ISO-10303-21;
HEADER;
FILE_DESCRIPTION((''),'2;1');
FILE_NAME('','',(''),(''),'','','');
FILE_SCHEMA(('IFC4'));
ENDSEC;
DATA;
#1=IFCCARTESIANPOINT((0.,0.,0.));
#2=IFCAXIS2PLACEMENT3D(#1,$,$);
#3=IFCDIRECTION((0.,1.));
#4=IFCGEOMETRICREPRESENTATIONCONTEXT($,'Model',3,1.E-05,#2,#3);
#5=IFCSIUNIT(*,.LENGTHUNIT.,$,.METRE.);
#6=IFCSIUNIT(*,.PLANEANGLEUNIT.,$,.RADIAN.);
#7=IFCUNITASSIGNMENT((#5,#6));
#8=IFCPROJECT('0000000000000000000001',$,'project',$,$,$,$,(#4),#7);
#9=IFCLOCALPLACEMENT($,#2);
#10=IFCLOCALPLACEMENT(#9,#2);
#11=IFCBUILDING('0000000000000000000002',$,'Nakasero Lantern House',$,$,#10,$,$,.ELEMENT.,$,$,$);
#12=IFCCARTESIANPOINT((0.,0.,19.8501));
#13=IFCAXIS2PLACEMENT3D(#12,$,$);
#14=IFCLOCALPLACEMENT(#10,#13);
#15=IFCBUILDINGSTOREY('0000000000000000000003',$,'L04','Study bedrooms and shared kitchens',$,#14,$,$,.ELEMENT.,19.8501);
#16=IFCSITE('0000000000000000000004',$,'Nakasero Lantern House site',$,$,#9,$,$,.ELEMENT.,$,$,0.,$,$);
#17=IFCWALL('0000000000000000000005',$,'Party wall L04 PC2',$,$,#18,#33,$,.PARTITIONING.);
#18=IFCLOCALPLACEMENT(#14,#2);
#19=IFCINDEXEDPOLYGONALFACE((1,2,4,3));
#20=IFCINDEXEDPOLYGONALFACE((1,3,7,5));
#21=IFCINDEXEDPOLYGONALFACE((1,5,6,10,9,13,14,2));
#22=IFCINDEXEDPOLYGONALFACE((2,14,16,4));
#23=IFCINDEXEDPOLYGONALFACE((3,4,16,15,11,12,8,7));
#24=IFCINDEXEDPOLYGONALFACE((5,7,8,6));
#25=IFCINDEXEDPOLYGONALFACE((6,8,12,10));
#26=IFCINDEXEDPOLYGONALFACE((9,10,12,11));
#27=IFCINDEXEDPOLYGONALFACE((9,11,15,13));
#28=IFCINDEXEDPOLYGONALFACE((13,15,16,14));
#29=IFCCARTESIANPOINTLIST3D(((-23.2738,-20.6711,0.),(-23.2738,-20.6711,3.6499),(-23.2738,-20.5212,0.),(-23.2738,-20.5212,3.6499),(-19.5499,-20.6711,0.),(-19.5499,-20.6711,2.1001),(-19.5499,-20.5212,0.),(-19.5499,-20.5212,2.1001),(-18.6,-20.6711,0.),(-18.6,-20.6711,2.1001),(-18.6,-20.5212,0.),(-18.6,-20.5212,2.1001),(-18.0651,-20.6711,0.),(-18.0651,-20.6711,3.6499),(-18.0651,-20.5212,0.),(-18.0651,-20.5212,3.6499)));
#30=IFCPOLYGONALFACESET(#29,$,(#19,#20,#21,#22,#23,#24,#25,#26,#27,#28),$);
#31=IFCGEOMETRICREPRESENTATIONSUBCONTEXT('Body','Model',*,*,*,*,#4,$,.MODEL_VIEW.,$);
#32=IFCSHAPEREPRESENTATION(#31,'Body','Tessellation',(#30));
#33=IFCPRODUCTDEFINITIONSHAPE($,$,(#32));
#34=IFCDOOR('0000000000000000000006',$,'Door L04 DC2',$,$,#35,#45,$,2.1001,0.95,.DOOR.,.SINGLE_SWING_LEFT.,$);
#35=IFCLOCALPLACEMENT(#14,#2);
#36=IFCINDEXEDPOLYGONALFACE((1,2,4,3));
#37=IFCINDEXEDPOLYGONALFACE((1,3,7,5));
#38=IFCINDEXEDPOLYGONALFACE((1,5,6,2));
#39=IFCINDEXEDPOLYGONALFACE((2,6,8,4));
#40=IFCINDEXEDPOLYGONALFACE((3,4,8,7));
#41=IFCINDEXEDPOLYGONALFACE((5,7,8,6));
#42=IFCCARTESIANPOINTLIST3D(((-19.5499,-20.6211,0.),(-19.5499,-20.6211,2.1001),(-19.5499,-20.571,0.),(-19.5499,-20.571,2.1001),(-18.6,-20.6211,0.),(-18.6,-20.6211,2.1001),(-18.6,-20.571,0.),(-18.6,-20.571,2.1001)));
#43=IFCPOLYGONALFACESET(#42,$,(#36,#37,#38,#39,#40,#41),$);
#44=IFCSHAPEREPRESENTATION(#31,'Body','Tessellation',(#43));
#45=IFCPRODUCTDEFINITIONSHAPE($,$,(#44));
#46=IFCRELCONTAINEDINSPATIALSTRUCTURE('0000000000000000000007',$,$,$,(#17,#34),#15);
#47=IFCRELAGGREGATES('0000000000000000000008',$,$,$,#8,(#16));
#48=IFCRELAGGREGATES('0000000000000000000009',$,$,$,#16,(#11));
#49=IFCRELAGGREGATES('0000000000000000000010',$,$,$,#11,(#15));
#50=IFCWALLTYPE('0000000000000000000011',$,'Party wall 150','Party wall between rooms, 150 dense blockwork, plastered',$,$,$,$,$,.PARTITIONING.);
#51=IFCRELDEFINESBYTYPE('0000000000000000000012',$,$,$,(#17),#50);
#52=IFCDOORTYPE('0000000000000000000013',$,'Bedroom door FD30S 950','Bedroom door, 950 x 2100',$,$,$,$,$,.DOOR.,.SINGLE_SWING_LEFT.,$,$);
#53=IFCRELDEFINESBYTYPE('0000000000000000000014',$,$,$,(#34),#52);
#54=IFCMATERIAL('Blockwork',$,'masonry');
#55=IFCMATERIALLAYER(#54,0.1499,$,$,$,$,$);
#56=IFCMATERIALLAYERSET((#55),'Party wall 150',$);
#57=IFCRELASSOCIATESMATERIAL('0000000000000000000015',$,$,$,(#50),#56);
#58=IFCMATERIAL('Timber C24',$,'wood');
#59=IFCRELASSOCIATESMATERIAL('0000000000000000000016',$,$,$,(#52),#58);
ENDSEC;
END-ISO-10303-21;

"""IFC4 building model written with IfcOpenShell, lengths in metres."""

from ifc_helpers import new_model, si_unit, direction, frame, frame_2d, origin, place, context, subcontext, project, spatial, rectangle, extrude, material, layer, layer_set, type_object, element, fill, save


model = new_model("IFC4")

# Units and contexts
model_context = context("Model", 3, precision=1e-05, world=origin(), true_north=direction((0.0, 1.0)))
body_context = subcontext(model_context, "Body", "Model", "MODEL_VIEW")
ifc_project = project(units=[si_unit("LENGTHUNIT", "METRE"), si_unit("PLANEANGLEUNIT", "RADIAN")], contexts=[model_context])

# Site, building, storey
site_placement = place(None, origin())
site = spatial("IfcSite", under=ifc_project, at=site_placement, Name="Nakasero Lantern House site", CompositionType="ELEMENT", RefElevation=0.0)
building_placement = place(site_placement, origin())
building = spatial("IfcBuilding", under=site, at=building_placement, Name="Nakasero Lantern House", CompositionType="ELEMENT")
storey_placement = place(building_placement, frame((0.0, 0.0, 19.8501)))
storey = spatial("IfcBuildingStorey", under=building, at=storey_placement, Name="L04", Description="Study bedrooms and shared kitchens", CompositionType="ELEMENT", Elevation=19.8501)

# Wall, opening, door
ifc_material_1 = material(Name="Blockwork", Category="masonry")
ifc_layer_1 = layer(ifc_material_1, 0.1499)
ifc_layer_set_1 = layer_set([ifc_layer_1], Name="Party wall 150")
wall_type_1 = type_object("IfcWallType", Name="Party wall 150", Description="Party wall between rooms, 150 dense blockwork, plastered", PredefinedType="PARTITIONING", material=ifc_layer_set_1)
wall_1_placement = place(storey_placement, frame((-18.0649, -20.5962, 0.0), z_axis=(0.0, 0.0, 1.0), x_axis=(-1.0, 0.0, 0.0)))
wall_1 = element("IfcWall", 1, at=wall_1_placement, inside=storey, type_object=wall_type_1, Name="Party wall L04 PC2", PredefinedType="PARTITIONING", context=body_context, shape_type="SweptSolid", body=[
    extrude(rectangle(XDim=5.2087, YDim=0.1499, at=frame_2d((2.6045, 0.0))), origin(), (0.0, 0.0, 1.0), 3.6499),
])
opening_1_placement = place(wall_1_placement, frame((0.5349, 0.0, 0.0)))
opening_1 = element("IfcOpeningElement", 2, at=opening_1_placement, cuts=wall_1, PredefinedType="OPENING", context=body_context, shape_type="SweptSolid", body=[
    extrude(rectangle(XDim=0.95, YDim=2.1001, at=frame_2d((0.4751, 1.05))), frame((0.0, 0.095, 0.0), z_axis=(0.0, -1.0, 0.0), x_axis=(1.0, 0.0, 0.0)), (0.0, 0.0, 1.0), 0.1899),
])
ifc_material_2 = material(Name="Timber C24", Category="wood")
door_type_1 = type_object("IfcDoorType", Name="Bedroom door FD30S 950", Description="Bedroom door, 950 x 2100", OperationType="SINGLE_SWING_LEFT", PredefinedType="DOOR", material=ifc_material_2)
door_1_placement = place(opening_1_placement, origin())
door_1 = element("IfcDoor", 3, at=door_1_placement, inside=storey, type_object=door_type_1, Name="Door L04 DC2", OperationType="SINGLE_SWING_LEFT", OverallHeight=2.1001, OverallWidth=0.95, PredefinedType="DOOR", context=body_context, shape_type="SweptSolid", body=[
    extrude(rectangle(XDim=0.95, YDim=2.1001, at=frame_2d((0.4751, 1.05))), frame((0.0, 0.0249, 0.0), z_axis=(0.0, -1.0, 0.0), x_axis=(1.0, 0.0, 0.0)), (0.0, 0.0, 1.0), 0.05),
])
fill(opening_1, door_1)

save(model, "model.ifc")
